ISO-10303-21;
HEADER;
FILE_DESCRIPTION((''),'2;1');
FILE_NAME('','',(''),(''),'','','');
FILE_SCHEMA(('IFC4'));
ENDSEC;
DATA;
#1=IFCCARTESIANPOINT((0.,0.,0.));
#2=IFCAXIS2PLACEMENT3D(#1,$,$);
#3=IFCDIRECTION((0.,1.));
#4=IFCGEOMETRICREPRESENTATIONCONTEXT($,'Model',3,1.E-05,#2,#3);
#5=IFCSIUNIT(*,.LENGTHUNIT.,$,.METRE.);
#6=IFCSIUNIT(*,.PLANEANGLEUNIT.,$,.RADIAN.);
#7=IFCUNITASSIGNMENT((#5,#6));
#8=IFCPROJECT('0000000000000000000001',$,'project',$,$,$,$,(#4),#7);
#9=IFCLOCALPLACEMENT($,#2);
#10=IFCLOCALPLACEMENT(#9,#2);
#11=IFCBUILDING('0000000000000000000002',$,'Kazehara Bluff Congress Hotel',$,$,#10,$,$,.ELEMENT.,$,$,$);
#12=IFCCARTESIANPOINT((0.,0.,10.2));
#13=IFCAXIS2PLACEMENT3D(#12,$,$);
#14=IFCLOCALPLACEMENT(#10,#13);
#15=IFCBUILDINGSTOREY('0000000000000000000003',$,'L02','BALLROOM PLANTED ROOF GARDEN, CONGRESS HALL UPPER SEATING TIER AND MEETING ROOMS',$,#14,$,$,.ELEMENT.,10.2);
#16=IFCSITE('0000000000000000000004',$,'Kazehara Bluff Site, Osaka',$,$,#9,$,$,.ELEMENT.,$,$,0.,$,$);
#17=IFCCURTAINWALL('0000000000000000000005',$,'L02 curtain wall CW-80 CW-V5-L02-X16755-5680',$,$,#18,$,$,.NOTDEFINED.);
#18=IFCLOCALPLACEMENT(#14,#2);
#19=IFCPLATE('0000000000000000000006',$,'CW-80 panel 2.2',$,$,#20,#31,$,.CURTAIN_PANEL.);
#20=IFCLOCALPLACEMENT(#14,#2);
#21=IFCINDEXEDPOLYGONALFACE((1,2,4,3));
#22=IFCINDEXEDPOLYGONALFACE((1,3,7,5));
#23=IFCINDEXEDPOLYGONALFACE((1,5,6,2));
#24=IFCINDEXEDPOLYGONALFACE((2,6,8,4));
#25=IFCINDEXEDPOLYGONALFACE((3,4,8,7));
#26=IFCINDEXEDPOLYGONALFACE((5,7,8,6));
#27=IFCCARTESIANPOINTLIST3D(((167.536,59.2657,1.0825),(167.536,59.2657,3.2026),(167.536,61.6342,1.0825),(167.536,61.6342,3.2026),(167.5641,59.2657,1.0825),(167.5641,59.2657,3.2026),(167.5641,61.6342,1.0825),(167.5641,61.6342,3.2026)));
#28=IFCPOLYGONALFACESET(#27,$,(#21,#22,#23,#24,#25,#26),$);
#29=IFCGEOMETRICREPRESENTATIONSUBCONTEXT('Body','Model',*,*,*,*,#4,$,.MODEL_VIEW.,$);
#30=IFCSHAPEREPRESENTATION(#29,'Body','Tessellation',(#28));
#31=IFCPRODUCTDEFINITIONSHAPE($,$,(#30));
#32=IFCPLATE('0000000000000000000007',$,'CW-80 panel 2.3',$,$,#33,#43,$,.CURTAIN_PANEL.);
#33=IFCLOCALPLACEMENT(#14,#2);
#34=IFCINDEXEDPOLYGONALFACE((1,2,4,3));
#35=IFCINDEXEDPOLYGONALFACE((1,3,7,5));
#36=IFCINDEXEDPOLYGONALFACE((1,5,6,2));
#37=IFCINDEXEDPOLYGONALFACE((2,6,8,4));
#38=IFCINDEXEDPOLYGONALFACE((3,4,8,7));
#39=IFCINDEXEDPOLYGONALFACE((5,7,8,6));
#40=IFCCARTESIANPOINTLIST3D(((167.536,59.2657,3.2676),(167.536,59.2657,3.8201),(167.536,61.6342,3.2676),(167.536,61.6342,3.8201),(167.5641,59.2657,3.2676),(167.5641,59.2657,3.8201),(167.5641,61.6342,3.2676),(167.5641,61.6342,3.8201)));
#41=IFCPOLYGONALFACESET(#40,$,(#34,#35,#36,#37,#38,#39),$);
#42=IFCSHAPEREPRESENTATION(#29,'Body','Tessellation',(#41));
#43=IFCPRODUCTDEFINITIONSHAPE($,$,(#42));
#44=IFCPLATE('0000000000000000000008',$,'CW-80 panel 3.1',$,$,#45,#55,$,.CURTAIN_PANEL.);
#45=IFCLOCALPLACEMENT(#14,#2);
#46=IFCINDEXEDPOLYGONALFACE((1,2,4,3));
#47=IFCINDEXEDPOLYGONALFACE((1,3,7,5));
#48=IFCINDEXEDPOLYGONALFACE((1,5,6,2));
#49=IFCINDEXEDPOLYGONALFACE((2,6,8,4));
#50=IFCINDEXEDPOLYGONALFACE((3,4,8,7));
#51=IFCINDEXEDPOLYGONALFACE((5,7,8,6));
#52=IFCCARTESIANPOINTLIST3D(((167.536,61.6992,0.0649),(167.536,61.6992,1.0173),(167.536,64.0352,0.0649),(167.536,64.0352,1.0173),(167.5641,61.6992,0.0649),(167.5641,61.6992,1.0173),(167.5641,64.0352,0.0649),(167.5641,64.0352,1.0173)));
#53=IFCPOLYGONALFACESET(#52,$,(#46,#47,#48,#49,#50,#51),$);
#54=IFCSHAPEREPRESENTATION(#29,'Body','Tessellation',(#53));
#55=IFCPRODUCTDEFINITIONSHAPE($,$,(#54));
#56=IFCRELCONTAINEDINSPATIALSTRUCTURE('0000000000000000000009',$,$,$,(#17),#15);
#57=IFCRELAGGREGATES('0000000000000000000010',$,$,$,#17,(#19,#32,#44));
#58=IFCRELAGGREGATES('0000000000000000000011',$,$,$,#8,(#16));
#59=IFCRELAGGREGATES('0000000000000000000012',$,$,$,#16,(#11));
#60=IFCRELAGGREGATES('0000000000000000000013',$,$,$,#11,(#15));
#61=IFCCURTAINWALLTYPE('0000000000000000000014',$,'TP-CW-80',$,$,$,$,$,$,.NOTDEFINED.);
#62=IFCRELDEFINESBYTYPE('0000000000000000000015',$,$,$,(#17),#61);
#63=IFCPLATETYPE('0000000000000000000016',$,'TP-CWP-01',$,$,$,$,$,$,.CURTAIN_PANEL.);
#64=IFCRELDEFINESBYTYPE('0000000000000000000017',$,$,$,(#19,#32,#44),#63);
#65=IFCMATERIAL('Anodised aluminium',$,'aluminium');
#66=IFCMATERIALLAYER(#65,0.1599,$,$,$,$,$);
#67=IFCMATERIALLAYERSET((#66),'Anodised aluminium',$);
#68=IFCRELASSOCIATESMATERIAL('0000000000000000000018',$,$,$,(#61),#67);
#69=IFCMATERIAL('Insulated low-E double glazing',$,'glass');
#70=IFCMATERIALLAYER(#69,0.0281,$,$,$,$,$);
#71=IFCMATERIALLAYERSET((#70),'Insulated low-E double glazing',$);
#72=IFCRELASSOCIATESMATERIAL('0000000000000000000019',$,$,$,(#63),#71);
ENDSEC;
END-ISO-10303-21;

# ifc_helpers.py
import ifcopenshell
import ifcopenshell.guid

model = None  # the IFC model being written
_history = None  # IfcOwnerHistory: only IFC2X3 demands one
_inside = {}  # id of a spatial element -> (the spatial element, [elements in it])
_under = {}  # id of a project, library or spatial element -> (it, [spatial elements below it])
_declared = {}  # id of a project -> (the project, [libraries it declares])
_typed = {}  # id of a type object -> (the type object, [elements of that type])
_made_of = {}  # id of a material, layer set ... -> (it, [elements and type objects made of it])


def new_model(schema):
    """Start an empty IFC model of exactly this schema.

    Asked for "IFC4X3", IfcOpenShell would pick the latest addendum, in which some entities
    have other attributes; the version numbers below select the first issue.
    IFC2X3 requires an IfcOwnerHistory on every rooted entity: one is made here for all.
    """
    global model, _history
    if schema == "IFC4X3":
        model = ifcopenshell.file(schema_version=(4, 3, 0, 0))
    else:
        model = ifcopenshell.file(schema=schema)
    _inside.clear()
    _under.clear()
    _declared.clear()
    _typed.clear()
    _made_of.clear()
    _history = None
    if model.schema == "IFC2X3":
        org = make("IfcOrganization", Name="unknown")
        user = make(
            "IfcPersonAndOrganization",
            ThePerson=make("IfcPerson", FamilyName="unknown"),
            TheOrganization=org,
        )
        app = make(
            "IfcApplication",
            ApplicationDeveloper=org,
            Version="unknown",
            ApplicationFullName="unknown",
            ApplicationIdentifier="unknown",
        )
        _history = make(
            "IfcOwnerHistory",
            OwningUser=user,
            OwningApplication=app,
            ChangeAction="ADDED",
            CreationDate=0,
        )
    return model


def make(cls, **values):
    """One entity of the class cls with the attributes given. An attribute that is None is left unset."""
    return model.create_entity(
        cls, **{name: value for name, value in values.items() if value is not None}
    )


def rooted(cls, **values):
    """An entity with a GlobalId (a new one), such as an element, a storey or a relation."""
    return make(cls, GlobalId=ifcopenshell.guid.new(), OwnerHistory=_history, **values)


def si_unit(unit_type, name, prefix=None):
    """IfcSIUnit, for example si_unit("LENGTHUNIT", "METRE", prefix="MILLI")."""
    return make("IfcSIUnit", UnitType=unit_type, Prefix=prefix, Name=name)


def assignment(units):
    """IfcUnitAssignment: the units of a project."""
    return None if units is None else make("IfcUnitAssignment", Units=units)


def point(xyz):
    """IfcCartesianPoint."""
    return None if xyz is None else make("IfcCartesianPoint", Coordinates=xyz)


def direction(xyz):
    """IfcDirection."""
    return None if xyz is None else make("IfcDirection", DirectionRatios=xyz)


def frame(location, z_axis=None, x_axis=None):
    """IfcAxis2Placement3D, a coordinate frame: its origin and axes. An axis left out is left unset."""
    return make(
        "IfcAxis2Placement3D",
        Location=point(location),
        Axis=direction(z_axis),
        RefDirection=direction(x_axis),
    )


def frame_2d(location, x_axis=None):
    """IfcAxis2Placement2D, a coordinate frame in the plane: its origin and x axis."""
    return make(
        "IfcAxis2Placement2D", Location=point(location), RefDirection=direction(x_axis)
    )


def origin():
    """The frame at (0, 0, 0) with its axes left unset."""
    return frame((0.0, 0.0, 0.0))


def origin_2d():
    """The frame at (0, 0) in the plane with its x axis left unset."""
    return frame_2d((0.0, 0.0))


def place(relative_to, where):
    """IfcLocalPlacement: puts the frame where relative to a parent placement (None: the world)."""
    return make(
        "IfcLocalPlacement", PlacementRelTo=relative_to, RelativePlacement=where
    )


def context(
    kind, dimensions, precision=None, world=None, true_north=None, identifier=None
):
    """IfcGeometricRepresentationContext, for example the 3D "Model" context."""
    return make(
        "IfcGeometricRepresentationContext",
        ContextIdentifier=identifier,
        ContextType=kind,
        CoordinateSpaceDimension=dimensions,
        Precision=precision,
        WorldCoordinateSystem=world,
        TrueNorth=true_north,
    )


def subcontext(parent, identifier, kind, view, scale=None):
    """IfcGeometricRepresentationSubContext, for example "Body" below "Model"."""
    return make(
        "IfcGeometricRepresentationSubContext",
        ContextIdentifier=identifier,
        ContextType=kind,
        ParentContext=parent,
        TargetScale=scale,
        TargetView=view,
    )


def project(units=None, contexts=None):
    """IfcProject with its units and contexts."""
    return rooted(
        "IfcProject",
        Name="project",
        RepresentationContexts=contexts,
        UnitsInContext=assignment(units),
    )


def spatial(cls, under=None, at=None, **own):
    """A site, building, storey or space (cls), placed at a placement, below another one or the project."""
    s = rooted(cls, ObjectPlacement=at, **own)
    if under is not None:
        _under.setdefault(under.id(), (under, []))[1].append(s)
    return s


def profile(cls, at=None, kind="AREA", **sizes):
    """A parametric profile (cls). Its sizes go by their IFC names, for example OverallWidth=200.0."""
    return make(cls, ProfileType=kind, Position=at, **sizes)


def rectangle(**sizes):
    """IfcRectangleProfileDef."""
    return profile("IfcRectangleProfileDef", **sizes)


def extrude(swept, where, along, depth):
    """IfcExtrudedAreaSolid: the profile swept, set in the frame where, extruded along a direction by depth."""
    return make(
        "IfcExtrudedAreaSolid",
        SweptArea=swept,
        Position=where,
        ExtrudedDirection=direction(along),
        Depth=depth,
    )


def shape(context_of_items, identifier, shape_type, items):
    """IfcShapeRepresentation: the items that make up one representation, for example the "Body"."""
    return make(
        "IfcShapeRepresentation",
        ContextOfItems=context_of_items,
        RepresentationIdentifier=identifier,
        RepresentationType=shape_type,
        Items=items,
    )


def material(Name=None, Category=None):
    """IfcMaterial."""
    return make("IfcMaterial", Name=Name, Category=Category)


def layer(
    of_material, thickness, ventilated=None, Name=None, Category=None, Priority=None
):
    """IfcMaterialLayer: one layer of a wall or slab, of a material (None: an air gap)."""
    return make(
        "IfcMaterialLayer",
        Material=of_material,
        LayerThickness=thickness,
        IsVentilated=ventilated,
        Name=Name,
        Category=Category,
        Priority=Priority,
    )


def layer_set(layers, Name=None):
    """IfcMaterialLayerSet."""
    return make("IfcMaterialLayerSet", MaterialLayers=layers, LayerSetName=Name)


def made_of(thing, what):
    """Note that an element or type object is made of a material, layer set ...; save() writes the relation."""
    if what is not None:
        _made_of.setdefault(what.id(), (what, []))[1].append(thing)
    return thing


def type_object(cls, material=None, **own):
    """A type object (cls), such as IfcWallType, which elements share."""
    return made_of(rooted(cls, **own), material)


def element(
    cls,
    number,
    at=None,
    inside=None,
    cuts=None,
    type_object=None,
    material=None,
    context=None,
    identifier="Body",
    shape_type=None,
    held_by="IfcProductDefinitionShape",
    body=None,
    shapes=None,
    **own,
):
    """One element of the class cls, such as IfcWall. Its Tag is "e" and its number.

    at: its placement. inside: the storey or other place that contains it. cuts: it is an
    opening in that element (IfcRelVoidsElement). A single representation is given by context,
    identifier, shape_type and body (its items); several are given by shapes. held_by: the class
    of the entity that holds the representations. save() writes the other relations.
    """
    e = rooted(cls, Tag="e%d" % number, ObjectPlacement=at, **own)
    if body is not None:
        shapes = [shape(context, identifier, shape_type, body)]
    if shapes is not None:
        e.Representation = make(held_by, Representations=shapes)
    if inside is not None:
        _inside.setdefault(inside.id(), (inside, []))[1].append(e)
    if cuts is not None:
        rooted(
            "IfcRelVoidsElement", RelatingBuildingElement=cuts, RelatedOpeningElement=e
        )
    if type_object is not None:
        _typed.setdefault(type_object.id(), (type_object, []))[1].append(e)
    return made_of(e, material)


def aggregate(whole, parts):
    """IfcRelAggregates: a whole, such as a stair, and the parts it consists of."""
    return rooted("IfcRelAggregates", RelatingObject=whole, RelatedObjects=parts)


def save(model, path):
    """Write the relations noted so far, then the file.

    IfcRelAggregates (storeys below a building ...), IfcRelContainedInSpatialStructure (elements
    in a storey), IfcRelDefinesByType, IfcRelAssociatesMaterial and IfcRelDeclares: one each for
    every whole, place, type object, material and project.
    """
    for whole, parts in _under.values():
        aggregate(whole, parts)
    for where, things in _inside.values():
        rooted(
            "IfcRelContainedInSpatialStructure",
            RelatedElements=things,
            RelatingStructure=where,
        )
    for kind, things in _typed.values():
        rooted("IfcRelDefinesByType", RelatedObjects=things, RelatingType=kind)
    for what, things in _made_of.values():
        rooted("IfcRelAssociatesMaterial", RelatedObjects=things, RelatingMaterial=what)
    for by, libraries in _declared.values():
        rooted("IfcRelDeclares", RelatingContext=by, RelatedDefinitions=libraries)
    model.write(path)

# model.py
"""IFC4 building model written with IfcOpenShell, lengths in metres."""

from ifc_helpers import new_model, si_unit, direction, frame, origin, origin_2d, place, context, subcontext, project, spatial, rectangle, extrude, material, layer, layer_set, type_object, element, aggregate, save


model = new_model("IFC4")

# Units and contexts
model_context = context("Model", 3, precision=1e-05, world=origin(), true_north=direction((0.0, 1.0)))
body_context = subcontext(model_context, "Body", "Model", "MODEL_VIEW")
ifc_project = project(units=[si_unit("LENGTHUNIT", "METRE"), si_unit("PLANEANGLEUNIT", "RADIAN")], contexts=[model_context])

# Site, building, storey
site_placement = place(None, origin())
site = spatial("IfcSite", under=ifc_project, at=site_placement, Name="Kazehara Bluff Site, Osaka", CompositionType="ELEMENT", RefElevation=0.0)
building_placement = place(site_placement, origin())
building = spatial("IfcBuilding", under=site, at=building_placement, Name="Kazehara Bluff Congress Hotel", CompositionType="ELEMENT")
storey_placement = place(building_placement, frame((0.0, 0.0, 10.2)))
storey = spatial("IfcBuildingStorey", under=building, at=storey_placement, Name="L02", Description="BALLROOM PLANTED ROOF GARDEN, CONGRESS HALL UPPER SEATING TIER AND MEETING ROOMS", CompositionType="ELEMENT", Elevation=10.2)

# Shared definitions
ifc_material_1 = material(Name="Anodised aluminium", Category="aluminium")
ifc_layer_1 = layer(ifc_material_1, 0.1599)
ifc_layer_set_1 = layer_set([ifc_layer_1], Name="Anodised aluminium")
curtain_wall_type = type_object("IfcCurtainWallType", Name="TP-CW-80", PredefinedType="NOTDEFINED", material=ifc_layer_set_1)

# Curtain wall
curtain_wall_1_placement = place(storey_placement, origin())
curtain_wall_1 = element("IfcCurtainWall", 1, at=curtain_wall_1_placement, inside=storey, type_object=curtain_wall_type, Name="L02 curtain wall CW-80 CW-V5-L02-X16755-5680", PredefinedType="NOTDEFINED")

# Plates
ifc_material_2 = material(Name="Insulated low-E double glazing", Category="glass")
ifc_layer_2 = layer(ifc_material_2, 0.0281)
ifc_layer_set_2 = layer_set([ifc_layer_2], Name="Insulated low-E double glazing")
plate_type = type_object("IfcPlateType", Name="TP-CWP-01", PredefinedType="CURTAIN_PANEL", material=ifc_layer_set_2)
plate_1_placement = place(storey_placement, frame((167.55, 60.45, 1.0825), z_axis=(0.0, 0.0, 1.0), x_axis=(0.0, 1.0, 0.0)))
plate_1 = element("IfcPlate", 2, at=plate_1_placement, type_object=plate_type, Name="CW-80 panel 2.2", PredefinedType="CURTAIN_PANEL", context=body_context, shape_type="SweptSolid", body=[
    extrude(rectangle(XDim=2.3684, YDim=0.0281, at=origin_2d()), origin(), (0.0, 0.0, 1.0), 2.1201),
])
plate_2_placement = place(storey_placement, frame((167.55, 60.45, 3.2676), z_axis=(0.0, 0.0, 1.0), x_axis=(0.0, 1.0, 0.0)))
plate_2 = element("IfcPlate", 3, at=plate_2_placement, type_object=plate_type, Name="CW-80 panel 2.3", PredefinedType="CURTAIN_PANEL", context=body_context, shape_type="SweptSolid", body=[
    extrude(rectangle(XDim=2.3684, YDim=0.0281, at=origin_2d()), origin(), (0.0, 0.0, 1.0), 0.5525),
])
plate_3_placement = place(storey_placement, frame((167.55, 62.8672, 0.0649), z_axis=(0.0, 0.0, 1.0), x_axis=(0.0, 1.0, 0.0)))
plate_3 = element("IfcPlate", 4, at=plate_3_placement, type_object=plate_type, Name="CW-80 panel 3.1", PredefinedType="CURTAIN_PANEL", context=body_context, shape_type="SweptSolid", body=[
    extrude(rectangle(XDim=2.3359, YDim=0.0281, at=origin_2d()), origin(), (0.0, 0.0, 1.0), 0.9524),
])
aggregate(curtain_wall_1, [plate_1, plate_2, plate_3])

save(model, "model.ifc")
